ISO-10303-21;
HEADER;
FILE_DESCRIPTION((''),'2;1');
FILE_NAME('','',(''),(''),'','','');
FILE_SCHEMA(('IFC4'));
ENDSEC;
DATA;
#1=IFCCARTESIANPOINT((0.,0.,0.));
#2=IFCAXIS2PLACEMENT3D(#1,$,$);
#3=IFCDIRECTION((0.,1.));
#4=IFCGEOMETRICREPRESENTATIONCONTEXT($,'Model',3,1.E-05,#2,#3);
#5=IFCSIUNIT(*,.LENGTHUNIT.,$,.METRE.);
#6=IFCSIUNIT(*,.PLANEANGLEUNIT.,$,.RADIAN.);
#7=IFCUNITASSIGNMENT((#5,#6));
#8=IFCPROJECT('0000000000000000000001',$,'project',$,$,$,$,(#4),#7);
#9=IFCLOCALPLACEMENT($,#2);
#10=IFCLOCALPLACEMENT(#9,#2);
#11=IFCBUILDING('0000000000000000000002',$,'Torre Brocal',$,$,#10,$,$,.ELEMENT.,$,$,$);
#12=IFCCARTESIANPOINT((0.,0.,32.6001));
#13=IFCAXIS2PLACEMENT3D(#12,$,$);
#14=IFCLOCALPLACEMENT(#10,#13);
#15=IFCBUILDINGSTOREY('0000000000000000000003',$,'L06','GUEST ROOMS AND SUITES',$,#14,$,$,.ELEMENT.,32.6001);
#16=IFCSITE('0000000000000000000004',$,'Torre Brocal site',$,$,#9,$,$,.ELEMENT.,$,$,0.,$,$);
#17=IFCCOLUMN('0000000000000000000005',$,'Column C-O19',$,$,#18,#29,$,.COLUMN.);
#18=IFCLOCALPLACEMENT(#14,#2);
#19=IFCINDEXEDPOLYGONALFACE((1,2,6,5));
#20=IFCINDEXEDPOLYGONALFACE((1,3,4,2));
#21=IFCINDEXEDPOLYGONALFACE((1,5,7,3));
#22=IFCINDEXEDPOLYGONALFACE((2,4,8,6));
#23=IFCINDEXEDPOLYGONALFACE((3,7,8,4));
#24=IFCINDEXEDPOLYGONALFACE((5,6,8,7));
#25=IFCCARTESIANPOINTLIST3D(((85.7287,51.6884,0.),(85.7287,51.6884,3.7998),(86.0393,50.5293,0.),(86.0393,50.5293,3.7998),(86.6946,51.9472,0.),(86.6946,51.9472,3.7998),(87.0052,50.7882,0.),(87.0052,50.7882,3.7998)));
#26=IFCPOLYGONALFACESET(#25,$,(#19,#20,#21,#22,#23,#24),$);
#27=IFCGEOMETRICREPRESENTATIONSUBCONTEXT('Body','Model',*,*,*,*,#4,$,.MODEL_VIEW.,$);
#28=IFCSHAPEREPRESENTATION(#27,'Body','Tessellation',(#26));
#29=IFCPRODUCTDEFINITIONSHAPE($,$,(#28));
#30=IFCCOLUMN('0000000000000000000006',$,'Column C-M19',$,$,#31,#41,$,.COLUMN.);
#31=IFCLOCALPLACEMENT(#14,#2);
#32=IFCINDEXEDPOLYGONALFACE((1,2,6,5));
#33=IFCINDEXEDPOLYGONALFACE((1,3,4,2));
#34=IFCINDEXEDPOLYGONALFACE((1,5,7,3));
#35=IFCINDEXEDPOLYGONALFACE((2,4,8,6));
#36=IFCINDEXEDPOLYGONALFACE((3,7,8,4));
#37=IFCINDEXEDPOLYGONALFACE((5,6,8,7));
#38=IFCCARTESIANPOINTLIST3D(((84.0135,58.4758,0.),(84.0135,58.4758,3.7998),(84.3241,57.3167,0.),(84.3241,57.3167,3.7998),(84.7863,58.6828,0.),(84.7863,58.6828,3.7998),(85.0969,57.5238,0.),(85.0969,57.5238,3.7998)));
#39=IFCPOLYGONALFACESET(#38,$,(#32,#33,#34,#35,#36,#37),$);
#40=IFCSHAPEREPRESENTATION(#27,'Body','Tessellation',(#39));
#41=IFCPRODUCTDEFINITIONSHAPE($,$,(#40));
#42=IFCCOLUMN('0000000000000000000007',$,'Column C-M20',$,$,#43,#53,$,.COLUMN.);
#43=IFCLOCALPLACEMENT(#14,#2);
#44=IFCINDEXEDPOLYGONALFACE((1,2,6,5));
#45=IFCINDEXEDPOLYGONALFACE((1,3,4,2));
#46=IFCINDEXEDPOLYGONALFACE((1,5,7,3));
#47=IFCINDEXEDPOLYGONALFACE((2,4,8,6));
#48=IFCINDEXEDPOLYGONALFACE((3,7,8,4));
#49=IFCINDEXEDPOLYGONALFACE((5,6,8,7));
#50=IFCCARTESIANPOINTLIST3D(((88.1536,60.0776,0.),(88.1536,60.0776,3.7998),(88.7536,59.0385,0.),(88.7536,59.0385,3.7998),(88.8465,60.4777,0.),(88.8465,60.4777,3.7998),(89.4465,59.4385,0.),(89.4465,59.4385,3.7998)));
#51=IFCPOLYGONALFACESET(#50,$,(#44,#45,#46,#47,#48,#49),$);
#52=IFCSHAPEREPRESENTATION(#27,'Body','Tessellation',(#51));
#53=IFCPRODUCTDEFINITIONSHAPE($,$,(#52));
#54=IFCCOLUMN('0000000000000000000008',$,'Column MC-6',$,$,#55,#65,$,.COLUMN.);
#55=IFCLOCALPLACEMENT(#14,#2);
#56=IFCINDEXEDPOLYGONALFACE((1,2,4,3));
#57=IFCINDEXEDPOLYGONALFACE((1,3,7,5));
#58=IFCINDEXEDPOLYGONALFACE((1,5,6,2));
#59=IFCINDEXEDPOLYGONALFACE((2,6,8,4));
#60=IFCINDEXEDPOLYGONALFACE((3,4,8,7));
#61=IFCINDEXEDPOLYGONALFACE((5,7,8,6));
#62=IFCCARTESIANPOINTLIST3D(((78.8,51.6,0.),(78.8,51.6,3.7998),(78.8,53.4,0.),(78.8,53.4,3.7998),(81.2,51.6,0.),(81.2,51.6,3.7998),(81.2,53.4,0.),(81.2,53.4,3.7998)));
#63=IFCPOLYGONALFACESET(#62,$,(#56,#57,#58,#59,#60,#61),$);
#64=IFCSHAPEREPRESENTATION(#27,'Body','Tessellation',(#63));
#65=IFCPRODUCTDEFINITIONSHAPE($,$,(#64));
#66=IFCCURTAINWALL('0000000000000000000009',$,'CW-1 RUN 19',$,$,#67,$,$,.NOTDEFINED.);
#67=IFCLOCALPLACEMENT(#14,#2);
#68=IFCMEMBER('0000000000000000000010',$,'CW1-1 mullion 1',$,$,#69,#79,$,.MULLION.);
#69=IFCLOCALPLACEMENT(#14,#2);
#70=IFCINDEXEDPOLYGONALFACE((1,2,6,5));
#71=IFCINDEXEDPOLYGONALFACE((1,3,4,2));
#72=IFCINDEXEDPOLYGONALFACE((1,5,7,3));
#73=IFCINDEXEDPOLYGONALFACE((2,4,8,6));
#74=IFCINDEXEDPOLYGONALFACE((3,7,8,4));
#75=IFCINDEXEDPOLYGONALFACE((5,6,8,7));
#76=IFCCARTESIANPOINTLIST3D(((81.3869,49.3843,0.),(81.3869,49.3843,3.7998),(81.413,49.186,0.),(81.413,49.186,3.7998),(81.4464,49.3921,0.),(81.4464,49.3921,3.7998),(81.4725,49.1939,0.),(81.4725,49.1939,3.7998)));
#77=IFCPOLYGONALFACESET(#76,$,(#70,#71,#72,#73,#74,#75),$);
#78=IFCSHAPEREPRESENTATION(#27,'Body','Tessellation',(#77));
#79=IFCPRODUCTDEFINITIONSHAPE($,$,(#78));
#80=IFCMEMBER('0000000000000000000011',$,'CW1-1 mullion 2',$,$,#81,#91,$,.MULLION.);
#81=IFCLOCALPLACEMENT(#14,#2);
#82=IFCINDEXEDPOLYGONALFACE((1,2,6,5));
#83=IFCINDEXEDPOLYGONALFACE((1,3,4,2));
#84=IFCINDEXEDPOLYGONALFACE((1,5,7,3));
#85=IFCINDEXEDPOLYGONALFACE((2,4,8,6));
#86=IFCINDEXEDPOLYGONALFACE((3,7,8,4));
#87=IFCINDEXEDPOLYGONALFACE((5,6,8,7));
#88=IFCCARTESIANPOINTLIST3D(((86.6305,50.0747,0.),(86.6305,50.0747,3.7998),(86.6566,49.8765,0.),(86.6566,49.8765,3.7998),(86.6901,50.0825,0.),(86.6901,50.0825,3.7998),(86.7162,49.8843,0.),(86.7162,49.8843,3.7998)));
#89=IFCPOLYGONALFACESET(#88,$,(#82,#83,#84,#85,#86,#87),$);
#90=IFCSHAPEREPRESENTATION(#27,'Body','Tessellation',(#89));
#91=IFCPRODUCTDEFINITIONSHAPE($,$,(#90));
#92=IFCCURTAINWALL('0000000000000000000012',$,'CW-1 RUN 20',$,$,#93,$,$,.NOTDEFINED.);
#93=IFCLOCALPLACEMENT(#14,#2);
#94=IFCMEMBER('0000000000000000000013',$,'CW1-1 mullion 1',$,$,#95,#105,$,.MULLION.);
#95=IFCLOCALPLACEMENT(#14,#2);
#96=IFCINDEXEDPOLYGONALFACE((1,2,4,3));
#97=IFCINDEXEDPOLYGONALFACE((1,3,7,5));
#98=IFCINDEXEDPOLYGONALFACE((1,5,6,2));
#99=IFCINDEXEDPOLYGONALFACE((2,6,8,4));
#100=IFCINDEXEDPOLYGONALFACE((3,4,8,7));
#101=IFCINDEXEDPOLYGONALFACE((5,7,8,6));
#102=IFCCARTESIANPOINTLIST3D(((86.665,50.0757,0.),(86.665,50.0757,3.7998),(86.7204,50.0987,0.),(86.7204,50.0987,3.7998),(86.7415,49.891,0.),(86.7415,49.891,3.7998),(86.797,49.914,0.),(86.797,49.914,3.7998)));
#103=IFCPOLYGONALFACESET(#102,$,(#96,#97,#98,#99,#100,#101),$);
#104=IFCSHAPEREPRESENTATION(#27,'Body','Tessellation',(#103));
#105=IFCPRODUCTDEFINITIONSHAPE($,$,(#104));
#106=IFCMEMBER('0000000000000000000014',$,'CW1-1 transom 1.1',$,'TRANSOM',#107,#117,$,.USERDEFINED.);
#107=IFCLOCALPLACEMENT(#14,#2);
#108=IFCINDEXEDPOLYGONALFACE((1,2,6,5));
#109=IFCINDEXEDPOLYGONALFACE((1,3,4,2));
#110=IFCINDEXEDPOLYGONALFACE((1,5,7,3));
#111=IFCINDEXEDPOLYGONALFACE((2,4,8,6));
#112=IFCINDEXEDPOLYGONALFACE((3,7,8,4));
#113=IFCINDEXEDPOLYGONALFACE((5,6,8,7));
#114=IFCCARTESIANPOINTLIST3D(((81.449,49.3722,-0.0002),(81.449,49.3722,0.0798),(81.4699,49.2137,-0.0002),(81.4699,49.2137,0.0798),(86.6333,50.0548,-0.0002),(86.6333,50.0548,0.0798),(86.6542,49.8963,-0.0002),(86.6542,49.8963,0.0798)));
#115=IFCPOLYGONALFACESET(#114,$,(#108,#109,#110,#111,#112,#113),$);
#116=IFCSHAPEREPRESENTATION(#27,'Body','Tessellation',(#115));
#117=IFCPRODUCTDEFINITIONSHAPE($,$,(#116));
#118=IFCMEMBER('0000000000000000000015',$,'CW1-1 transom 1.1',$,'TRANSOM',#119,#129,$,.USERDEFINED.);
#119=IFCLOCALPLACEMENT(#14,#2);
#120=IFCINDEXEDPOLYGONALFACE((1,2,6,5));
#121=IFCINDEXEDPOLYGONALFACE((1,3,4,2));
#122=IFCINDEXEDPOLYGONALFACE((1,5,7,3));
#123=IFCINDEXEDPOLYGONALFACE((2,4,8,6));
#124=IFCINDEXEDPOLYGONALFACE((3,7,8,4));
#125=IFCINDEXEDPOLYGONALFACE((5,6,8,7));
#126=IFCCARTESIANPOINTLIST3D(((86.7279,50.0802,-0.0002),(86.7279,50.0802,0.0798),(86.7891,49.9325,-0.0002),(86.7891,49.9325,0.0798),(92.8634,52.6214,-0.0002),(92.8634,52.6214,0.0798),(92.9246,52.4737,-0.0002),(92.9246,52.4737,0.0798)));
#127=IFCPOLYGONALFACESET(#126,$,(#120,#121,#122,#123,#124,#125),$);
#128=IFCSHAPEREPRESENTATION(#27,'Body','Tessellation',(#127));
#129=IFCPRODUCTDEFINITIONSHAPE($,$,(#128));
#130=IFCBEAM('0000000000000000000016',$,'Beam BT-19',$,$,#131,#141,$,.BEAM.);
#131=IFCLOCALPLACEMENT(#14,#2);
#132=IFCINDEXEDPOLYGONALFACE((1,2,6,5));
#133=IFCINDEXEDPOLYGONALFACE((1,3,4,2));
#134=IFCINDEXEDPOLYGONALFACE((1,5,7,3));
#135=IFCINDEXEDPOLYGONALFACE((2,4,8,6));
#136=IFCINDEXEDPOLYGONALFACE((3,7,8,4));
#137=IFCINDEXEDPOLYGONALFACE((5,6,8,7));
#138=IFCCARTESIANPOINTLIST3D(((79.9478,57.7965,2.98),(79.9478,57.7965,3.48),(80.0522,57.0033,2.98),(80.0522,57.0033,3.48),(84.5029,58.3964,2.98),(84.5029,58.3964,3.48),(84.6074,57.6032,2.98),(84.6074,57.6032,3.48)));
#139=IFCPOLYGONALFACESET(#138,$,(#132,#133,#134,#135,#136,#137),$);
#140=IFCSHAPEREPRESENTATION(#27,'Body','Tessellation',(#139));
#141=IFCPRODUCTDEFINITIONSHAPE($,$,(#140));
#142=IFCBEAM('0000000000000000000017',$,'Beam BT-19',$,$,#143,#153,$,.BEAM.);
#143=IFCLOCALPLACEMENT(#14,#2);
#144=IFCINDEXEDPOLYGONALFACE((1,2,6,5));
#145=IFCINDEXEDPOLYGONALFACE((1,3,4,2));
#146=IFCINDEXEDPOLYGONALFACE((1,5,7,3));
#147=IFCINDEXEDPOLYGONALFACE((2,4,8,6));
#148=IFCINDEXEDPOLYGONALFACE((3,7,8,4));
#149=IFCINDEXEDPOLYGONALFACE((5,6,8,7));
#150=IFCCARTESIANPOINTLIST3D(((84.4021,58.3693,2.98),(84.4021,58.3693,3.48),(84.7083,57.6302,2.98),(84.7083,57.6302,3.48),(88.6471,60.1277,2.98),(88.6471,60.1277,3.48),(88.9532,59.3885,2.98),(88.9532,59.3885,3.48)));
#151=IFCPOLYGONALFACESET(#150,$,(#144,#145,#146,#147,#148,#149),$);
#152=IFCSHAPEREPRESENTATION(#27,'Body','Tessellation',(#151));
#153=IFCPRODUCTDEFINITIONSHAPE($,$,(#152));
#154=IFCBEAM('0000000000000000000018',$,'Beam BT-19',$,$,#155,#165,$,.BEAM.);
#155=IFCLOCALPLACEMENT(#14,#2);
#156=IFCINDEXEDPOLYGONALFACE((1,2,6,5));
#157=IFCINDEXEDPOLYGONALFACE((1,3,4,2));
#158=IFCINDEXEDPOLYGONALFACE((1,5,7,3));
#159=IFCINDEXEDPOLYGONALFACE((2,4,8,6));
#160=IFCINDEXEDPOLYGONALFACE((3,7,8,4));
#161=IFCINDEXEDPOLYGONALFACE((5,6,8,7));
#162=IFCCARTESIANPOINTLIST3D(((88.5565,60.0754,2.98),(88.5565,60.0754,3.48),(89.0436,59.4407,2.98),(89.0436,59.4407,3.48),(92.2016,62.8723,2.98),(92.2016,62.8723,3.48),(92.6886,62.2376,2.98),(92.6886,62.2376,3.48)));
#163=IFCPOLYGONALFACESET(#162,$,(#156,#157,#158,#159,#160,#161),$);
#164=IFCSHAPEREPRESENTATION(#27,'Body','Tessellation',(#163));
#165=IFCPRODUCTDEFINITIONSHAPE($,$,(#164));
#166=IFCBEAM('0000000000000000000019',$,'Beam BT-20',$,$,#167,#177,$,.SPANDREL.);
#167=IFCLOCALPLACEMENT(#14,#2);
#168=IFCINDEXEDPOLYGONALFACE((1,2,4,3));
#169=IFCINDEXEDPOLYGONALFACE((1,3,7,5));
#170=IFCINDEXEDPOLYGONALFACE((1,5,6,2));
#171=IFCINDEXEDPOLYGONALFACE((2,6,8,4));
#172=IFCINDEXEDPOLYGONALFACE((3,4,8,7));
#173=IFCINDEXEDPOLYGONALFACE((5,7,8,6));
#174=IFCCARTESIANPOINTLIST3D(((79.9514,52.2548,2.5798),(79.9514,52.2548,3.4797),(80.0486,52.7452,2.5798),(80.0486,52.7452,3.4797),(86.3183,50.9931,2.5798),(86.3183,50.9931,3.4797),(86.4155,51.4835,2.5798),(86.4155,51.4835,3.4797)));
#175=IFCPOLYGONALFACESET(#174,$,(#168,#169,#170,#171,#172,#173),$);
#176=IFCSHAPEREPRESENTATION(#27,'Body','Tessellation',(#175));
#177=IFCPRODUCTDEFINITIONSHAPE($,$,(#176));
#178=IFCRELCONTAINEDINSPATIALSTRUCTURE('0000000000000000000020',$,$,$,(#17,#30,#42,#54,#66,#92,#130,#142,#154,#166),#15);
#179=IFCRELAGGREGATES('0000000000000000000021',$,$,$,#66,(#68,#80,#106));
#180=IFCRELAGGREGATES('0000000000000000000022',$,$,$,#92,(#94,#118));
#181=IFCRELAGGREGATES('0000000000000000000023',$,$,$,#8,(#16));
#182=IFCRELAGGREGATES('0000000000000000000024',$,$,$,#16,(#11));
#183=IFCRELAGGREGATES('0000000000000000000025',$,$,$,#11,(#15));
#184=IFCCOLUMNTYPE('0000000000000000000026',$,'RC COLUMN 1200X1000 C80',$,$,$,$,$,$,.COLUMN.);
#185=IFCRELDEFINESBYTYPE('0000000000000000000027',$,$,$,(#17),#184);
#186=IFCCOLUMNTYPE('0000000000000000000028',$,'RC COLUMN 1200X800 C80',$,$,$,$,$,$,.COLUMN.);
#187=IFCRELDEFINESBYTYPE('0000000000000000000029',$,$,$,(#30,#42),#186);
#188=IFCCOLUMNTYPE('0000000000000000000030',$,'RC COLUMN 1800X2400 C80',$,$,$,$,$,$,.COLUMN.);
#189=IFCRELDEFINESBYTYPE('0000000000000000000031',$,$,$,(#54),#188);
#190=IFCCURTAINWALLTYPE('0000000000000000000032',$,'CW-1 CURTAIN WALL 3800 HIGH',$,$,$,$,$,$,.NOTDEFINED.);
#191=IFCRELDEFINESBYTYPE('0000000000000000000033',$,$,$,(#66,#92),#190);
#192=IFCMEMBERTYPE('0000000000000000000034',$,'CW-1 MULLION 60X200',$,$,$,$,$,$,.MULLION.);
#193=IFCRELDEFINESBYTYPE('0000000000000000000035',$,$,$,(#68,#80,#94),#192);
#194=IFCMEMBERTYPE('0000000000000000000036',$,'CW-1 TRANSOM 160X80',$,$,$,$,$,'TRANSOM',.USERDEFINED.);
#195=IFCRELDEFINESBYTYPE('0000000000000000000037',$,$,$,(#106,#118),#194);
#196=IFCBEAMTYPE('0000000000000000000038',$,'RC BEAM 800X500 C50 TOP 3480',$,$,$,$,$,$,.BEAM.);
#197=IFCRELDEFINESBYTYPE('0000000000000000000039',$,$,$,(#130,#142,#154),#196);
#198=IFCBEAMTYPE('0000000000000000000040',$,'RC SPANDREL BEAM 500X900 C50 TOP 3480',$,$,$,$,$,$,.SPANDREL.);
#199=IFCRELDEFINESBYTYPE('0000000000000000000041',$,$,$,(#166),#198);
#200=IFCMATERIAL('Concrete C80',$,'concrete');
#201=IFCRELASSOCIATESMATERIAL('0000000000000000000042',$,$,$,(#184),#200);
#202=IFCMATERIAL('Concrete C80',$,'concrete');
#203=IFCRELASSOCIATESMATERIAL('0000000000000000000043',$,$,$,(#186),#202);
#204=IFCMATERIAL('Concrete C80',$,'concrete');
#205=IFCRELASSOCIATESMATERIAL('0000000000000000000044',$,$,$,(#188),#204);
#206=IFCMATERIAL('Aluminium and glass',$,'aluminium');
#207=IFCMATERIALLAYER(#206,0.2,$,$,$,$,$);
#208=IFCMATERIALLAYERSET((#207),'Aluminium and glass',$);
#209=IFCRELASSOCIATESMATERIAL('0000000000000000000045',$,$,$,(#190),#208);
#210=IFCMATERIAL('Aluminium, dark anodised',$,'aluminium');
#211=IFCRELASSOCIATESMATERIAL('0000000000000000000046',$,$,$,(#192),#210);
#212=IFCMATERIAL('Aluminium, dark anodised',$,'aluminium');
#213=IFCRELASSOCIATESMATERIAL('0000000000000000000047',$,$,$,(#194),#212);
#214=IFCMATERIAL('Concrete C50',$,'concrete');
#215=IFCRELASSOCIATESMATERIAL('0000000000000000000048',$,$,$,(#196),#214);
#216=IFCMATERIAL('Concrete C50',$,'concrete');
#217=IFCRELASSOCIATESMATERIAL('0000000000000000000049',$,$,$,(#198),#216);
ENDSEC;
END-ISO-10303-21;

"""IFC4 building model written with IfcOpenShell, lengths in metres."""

from ifc_helpers import new_model, si_unit, direction, frame, origin, origin_2d, place, context, subcontext, project, spatial, rectangle, extrude, material, layer, layer_set, material_profile, profile_set, type_object, element, aggregate, save


model = new_model("IFC4")

# Units and contexts
model_context = context("Model", 3, precision=1e-05, world=origin(), true_north=direction((0.0, 1.0)))
body_context = subcontext(model_context, "Body", "Model", "MODEL_VIEW")
ifc_project = project(units=[si_unit("LENGTHUNIT", "METRE"), si_unit("PLANEANGLEUNIT", "RADIAN")], contexts=[model_context])

# Site, building, storey
site_placement = place(None, origin())
site = spatial("IfcSite", under=ifc_project, at=site_placement, Name="Torre Brocal site", CompositionType="ELEMENT", RefElevation=0.0)
building_placement = place(site_placement, origin())
building = spatial("IfcBuilding", under=site, at=building_placement, Name="Torre Brocal", CompositionType="ELEMENT")
storey_placement = place(building_placement, frame((0.0, 0.0, 32.6001)))
storey = spatial("IfcBuildingStorey", under=building, at=storey_placement, Name="L06", Description="GUEST ROOMS AND SUITES", CompositionType="ELEMENT", Elevation=32.6001)

# Columns
ifc_material_1 = material(Name="Concrete C80", Category="concrete")
ifc_material_profile_1 = material_profile(ifc_material_1, rectangle(XDim=1.2, YDim=1.0, at=origin_2d()), Name="RC 1200X1000")
ifc_profile_set_1 = profile_set([ifc_material_profile_1], Name="Concrete C80")
column_type_1 = type_object("IfcColumnType", Name="RC COLUMN 1200X1000 C80", PredefinedType="COLUMN", material=ifc_profile_set_1)
column_1_placement = place(storey_placement, frame((86.3669, 51.2383, 0.0), z_axis=(0.0, 0.0, 1.0), x_axis=(0.258819, -0.965926, 0.0)))
element("IfcColumn", 1, at=column_1_placement, inside=storey, type_object=column_type_1, Name="Column C-O19", PredefinedType="COLUMN", context=body_context, shape_type="SweptSolid", body=[
    extrude(rectangle(XDim=1.2, YDim=1.0, at=origin_2d()), origin(), (0.0, 0.0, 1.0), 3.7998),
])
ifc_material_2 = material(Name="Concrete C80", Category="concrete")
ifc_material_profile_2 = material_profile(ifc_material_2, rectangle(XDim=1.2, YDim=0.8, at=origin_2d()), Name="RC 1200X800")
ifc_profile_set_2 = profile_set([ifc_material_profile_2], Name="Concrete C80")
column_type_2 = type_object("IfcColumnType", Name="RC COLUMN 1200X800 C80", PredefinedType="COLUMN", material=ifc_profile_set_2)
for number, where, z_axis, x_axis, name in (
    (2, (84.5552, 57.9998, 0.0), (0.0, 0.0, 1.0), (0.258819, -0.965926, 0.0), "Column C-M19"),
    (3, (88.8, 59.7581, 0.0), (0.0, 0.0, 1.0), (0.5, -0.866025, 0.0), "Column C-M20"),
):
    element("IfcColumn", number, at=place(storey_placement, frame(where, z_axis=z_axis, x_axis=x_axis)), inside=storey, type_object=column_type_2, Name=name, PredefinedType="COLUMN", context=body_context, shape_type="SweptSolid", body=[
        extrude(rectangle(XDim=1.2, YDim=0.8, at=origin_2d()), origin(), (0.0, 0.0, 1.0), 3.7998),
    ])
ifc_material_3 = material(Name="Concrete C80", Category="concrete")
ifc_material_profile_3 = material_profile(ifc_material_3, rectangle(XDim=1.8, YDim=2.3999, at=origin_2d()), Name="RC 1800X2400")
ifc_profile_set_3 = profile_set([ifc_material_profile_3], Name="Concrete C80")
column_type_3 = type_object("IfcColumnType", Name="RC COLUMN 1800X2400 C80", PredefinedType="COLUMN", material=ifc_profile_set_3)
column_2_placement = place(storey_placement, frame((80.0, 52.5, 0.0), z_axis=(0.0, 0.0, 1.0), x_axis=(0.0, -1.0, 0.0)))
element("IfcColumn", 4, at=column_2_placement, inside=storey, type_object=column_type_3, Name="Column MC-6", PredefinedType="COLUMN", context=body_context, shape_type="SweptSolid", body=[
    extrude(rectangle(XDim=1.8, YDim=2.3999, at=origin_2d()), origin(), (0.0, 0.0, 1.0), 3.7998),
])

# Curtain wall, members
ifc_material_4 = material(Name="Aluminium and glass", Category="aluminium")
ifc_layer_1 = layer(ifc_material_4, 0.2)
ifc_layer_set_1 = layer_set([ifc_layer_1], Name="Aluminium and glass")
curtain_wall_type = type_object("IfcCurtainWallType", Name="CW-1 CURTAIN WALL 3800 HIGH", PredefinedType="NOTDEFINED", material=ifc_layer_set_1)
curtain_wall_1_placement = place(storey_placement, origin())
curtain_wall_1 = element("IfcCurtainWall", 5, at=curtain_wall_1_placement, inside=storey, type_object=curtain_wall_type, Name="CW-1 RUN 19", PredefinedType="NOTDEFINED")
ifc_material_5 = material(Name="Aluminium, dark anodised", Category="aluminium")
ifc_material_profile_4 = material_profile(ifc_material_5, rectangle(XDim=0.2, YDim=0.0601, at=origin_2d()), Name="CW-1 MULLION 60X200")
ifc_profile_set_4 = profile_set([ifc_material_profile_4], Name="Aluminium, dark anodised")
member_type_1 = type_object("IfcMemberType", Name="CW-1 MULLION 60X200", PredefinedType="MULLION", material=ifc_profile_set_4)
member_1_placement = place(storey_placement, frame((81.4297, 49.2891, 0.0), z_axis=(0.0, 0.0, 1.0), x_axis=(-0.130526, 0.991445, 0.0)))
member_1 = element("IfcMember", 6, at=member_1_placement, type_object=member_type_1, Name="CW1-1 mullion 1", PredefinedType="MULLION", context=body_context, shape_type="SweptSolid", body=[
    extrude(rectangle(XDim=0.2, YDim=0.0601, at=origin_2d()), origin(), (0.0, 0.0, 1.0), 3.7998),
])
member_2_placement = place(storey_placement, frame((86.6733, 49.9795, 0.0), z_axis=(0.0, 0.0, 1.0), x_axis=(-0.130526, 0.991445, 0.0)))
member_2 = element("IfcMember", 7, at=member_2_placement, type_object=member_type_1, Name="CW1-1 mullion 2", PredefinedType="MULLION", context=body_context, shape_type="SweptSolid", body=[
    extrude(rectangle(XDim=0.2, YDim=0.0601, at=origin_2d()), origin(), (0.0, 0.0, 1.0), 3.7998),
])

# Curtain wall, member
curtain_wall_2_placement = place(storey_placement, origin())
curtain_wall_2 = element("IfcCurtainWall", 8, at=curtain_wall_2_placement, inside=storey, type_object=curtain_wall_type, Name="CW-1 RUN 20", PredefinedType="NOTDEFINED")
member_3_placement = place(storey_placement, frame((86.731, 49.9949, 0.0), z_axis=(0.0, 0.0, 1.0), x_axis=(-0.382683, 0.92388, 0.0)))
member_3 = element("IfcMember", 9, at=member_3_placement, type_object=member_type_1, Name="CW1-1 mullion 1", PredefinedType="MULLION", context=body_context, shape_type="SweptSolid", body=[
    extrude(rectangle(XDim=0.2, YDim=0.0601, at=origin_2d()), origin(), (0.0, 0.0, 1.0), 3.7998),
])

# Members
ifc_material_6 = material(Name="Aluminium, dark anodised", Category="aluminium")
ifc_material_profile_5 = material_profile(ifc_material_6, rectangle(XDim=0.1599, YDim=0.0801, at=origin_2d()), Name="CW-1 TRANSOM 160X80")
ifc_profile_set_5 = profile_set([ifc_material_profile_5], Name="Aluminium, dark anodised")
member_type_2 = type_object("IfcMemberType", Name="CW-1 TRANSOM 160X80", ElementType="TRANSOM", PredefinedType="USERDEFINED", material=ifc_profile_set_5)
member_4_placement = place(storey_placement, frame((81.4595, 49.293, 0.0398), z_axis=(0.991443, 0.130543, 0.0), x_axis=(-0.130543, 0.991443, 0.0)))
member_4 = element("IfcMember", 10, at=member_4_placement, type_object=member_type_2, Name="CW1-1 transom 1.1", ObjectType="TRANSOM", PredefinedType="USERDEFINED", context=body_context, shape_type="SweptSolid", body=[
    extrude(rectangle(XDim=0.1599, YDim=0.0801, at=origin_2d()), origin(), (0.0, 0.0, 1.0), 5.229),
])
member_5_placement = place(storey_placement, frame((86.7585, 50.0063, 0.0398), z_axis=(0.923887, 0.382665, 0.0), x_axis=(-0.382665, 0.923887, 0.0)))
member_5 = element("IfcMember", 11, at=member_5_placement, type_object=member_type_2, Name="CW1-1 transom 1.1", ObjectType="TRANSOM", PredefinedType="USERDEFINED", context=body_context, shape_type="SweptSolid", body=[
    extrude(rectangle(XDim=0.1599, YDim=0.0801, at=origin_2d()), origin(), (0.0, 0.0, 1.0), 6.6409),
])

# Beams
ifc_material_7 = material(Name="Concrete C50", Category="concrete")
ifc_material_profile_6 = material_profile(ifc_material_7, rectangle(XDim=0.8, YDim=0.5, at=origin_2d()), Name="RC 800X500")
ifc_profile_set_6 = profile_set([ifc_material_profile_6], Name="Concrete C50")
beam_type_1 = type_object("IfcBeamType", Name="RC BEAM 800X500 C50 TOP 3480", PredefinedType="BEAM", material=ifc_profile_set_6)
beam_1_placement = place(storey_placement, frame((80.0, 57.3999, 3.23), z_axis=(0.991441, 0.130559, 0.0), x_axis=(-0.130559, 0.991441, 0.0)))
element("IfcBeam", 12, at=beam_1_placement, inside=storey, type_object=beam_type_1, Name="Beam BT-19", PredefinedType="BEAM", context=body_context, shape_type="SweptSolid", body=[
    extrude(rectangle(XDim=0.8, YDim=0.5, at=origin_2d()), origin(), (0.0, 0.0, 1.0), 4.5945),
])
beam_2_placement = place(storey_placement, frame((84.5552, 57.9998, 3.23), z_axis=(0.923878, 0.382687, 0.0), x_axis=(-0.382687, 0.923878, 0.0)))
element("IfcBeam", 13, at=beam_2_placement, inside=storey, type_object=beam_type_1, Name="Beam BT-19", PredefinedType="BEAM", context=body_context, shape_type="SweptSolid", body=[
    extrude(rectangle(XDim=0.8, YDim=0.5, at=origin_2d()), origin(), (0.0, 0.0, 1.0), 4.5947),
])
beam_3_placement = place(storey_placement, frame((88.8, 59.7581, 3.23), z_axis=(0.793358, 0.608755, 0.0), x_axis=(-0.608755, 0.793358, 0.0)))
element("IfcBeam", 14, at=beam_3_placement, inside=storey, type_object=beam_type_1, Name="Beam BT-19", PredefinedType="BEAM", context=body_context, shape_type="SweptSolid", body=[
    extrude(rectangle(XDim=0.8, YDim=0.5, at=origin_2d()), origin(), (0.0, 0.0, 1.0), 4.5945),
])
ifc_material_8 = material(Name="Concrete C50", Category="concrete")
ifc_material_profile_7 = material_profile(ifc_material_8, rectangle(XDim=0.5, YDim=0.8999, at=origin_2d()), Name="RC 500X900")
ifc_profile_set_7 = profile_set([ifc_material_profile_7], Name="Concrete C50")
beam_type_2 = type_object("IfcBeamType", Name="RC SPANDREL BEAM 500X900 C50 TOP 3480", PredefinedType="SPANDREL", material=ifc_profile_set_7)
beam_4_placement = place(storey_placement, frame((80.0, 52.5, 3.0298), z_axis=(0.980925, -0.194387, 0.0), x_axis=(0.194387, 0.980925, 0.0)))
element("IfcBeam", 15, at=beam_4_placement, inside=storey, type_object=beam_type_2, Name="Beam BT-20", PredefinedType="SPANDREL", context=body_context, shape_type="SweptSolid", body=[
    extrude(rectangle(XDim=0.5, YDim=0.8999, at=origin_2d()), origin(), (0.0, 0.0, 1.0), 6.4907),
])

aggregate(curtain_wall_1, [member_1, member_2, member_4])
aggregate(curtain_wall_2, [member_3, member_5])

save(model, "model.ifc")
